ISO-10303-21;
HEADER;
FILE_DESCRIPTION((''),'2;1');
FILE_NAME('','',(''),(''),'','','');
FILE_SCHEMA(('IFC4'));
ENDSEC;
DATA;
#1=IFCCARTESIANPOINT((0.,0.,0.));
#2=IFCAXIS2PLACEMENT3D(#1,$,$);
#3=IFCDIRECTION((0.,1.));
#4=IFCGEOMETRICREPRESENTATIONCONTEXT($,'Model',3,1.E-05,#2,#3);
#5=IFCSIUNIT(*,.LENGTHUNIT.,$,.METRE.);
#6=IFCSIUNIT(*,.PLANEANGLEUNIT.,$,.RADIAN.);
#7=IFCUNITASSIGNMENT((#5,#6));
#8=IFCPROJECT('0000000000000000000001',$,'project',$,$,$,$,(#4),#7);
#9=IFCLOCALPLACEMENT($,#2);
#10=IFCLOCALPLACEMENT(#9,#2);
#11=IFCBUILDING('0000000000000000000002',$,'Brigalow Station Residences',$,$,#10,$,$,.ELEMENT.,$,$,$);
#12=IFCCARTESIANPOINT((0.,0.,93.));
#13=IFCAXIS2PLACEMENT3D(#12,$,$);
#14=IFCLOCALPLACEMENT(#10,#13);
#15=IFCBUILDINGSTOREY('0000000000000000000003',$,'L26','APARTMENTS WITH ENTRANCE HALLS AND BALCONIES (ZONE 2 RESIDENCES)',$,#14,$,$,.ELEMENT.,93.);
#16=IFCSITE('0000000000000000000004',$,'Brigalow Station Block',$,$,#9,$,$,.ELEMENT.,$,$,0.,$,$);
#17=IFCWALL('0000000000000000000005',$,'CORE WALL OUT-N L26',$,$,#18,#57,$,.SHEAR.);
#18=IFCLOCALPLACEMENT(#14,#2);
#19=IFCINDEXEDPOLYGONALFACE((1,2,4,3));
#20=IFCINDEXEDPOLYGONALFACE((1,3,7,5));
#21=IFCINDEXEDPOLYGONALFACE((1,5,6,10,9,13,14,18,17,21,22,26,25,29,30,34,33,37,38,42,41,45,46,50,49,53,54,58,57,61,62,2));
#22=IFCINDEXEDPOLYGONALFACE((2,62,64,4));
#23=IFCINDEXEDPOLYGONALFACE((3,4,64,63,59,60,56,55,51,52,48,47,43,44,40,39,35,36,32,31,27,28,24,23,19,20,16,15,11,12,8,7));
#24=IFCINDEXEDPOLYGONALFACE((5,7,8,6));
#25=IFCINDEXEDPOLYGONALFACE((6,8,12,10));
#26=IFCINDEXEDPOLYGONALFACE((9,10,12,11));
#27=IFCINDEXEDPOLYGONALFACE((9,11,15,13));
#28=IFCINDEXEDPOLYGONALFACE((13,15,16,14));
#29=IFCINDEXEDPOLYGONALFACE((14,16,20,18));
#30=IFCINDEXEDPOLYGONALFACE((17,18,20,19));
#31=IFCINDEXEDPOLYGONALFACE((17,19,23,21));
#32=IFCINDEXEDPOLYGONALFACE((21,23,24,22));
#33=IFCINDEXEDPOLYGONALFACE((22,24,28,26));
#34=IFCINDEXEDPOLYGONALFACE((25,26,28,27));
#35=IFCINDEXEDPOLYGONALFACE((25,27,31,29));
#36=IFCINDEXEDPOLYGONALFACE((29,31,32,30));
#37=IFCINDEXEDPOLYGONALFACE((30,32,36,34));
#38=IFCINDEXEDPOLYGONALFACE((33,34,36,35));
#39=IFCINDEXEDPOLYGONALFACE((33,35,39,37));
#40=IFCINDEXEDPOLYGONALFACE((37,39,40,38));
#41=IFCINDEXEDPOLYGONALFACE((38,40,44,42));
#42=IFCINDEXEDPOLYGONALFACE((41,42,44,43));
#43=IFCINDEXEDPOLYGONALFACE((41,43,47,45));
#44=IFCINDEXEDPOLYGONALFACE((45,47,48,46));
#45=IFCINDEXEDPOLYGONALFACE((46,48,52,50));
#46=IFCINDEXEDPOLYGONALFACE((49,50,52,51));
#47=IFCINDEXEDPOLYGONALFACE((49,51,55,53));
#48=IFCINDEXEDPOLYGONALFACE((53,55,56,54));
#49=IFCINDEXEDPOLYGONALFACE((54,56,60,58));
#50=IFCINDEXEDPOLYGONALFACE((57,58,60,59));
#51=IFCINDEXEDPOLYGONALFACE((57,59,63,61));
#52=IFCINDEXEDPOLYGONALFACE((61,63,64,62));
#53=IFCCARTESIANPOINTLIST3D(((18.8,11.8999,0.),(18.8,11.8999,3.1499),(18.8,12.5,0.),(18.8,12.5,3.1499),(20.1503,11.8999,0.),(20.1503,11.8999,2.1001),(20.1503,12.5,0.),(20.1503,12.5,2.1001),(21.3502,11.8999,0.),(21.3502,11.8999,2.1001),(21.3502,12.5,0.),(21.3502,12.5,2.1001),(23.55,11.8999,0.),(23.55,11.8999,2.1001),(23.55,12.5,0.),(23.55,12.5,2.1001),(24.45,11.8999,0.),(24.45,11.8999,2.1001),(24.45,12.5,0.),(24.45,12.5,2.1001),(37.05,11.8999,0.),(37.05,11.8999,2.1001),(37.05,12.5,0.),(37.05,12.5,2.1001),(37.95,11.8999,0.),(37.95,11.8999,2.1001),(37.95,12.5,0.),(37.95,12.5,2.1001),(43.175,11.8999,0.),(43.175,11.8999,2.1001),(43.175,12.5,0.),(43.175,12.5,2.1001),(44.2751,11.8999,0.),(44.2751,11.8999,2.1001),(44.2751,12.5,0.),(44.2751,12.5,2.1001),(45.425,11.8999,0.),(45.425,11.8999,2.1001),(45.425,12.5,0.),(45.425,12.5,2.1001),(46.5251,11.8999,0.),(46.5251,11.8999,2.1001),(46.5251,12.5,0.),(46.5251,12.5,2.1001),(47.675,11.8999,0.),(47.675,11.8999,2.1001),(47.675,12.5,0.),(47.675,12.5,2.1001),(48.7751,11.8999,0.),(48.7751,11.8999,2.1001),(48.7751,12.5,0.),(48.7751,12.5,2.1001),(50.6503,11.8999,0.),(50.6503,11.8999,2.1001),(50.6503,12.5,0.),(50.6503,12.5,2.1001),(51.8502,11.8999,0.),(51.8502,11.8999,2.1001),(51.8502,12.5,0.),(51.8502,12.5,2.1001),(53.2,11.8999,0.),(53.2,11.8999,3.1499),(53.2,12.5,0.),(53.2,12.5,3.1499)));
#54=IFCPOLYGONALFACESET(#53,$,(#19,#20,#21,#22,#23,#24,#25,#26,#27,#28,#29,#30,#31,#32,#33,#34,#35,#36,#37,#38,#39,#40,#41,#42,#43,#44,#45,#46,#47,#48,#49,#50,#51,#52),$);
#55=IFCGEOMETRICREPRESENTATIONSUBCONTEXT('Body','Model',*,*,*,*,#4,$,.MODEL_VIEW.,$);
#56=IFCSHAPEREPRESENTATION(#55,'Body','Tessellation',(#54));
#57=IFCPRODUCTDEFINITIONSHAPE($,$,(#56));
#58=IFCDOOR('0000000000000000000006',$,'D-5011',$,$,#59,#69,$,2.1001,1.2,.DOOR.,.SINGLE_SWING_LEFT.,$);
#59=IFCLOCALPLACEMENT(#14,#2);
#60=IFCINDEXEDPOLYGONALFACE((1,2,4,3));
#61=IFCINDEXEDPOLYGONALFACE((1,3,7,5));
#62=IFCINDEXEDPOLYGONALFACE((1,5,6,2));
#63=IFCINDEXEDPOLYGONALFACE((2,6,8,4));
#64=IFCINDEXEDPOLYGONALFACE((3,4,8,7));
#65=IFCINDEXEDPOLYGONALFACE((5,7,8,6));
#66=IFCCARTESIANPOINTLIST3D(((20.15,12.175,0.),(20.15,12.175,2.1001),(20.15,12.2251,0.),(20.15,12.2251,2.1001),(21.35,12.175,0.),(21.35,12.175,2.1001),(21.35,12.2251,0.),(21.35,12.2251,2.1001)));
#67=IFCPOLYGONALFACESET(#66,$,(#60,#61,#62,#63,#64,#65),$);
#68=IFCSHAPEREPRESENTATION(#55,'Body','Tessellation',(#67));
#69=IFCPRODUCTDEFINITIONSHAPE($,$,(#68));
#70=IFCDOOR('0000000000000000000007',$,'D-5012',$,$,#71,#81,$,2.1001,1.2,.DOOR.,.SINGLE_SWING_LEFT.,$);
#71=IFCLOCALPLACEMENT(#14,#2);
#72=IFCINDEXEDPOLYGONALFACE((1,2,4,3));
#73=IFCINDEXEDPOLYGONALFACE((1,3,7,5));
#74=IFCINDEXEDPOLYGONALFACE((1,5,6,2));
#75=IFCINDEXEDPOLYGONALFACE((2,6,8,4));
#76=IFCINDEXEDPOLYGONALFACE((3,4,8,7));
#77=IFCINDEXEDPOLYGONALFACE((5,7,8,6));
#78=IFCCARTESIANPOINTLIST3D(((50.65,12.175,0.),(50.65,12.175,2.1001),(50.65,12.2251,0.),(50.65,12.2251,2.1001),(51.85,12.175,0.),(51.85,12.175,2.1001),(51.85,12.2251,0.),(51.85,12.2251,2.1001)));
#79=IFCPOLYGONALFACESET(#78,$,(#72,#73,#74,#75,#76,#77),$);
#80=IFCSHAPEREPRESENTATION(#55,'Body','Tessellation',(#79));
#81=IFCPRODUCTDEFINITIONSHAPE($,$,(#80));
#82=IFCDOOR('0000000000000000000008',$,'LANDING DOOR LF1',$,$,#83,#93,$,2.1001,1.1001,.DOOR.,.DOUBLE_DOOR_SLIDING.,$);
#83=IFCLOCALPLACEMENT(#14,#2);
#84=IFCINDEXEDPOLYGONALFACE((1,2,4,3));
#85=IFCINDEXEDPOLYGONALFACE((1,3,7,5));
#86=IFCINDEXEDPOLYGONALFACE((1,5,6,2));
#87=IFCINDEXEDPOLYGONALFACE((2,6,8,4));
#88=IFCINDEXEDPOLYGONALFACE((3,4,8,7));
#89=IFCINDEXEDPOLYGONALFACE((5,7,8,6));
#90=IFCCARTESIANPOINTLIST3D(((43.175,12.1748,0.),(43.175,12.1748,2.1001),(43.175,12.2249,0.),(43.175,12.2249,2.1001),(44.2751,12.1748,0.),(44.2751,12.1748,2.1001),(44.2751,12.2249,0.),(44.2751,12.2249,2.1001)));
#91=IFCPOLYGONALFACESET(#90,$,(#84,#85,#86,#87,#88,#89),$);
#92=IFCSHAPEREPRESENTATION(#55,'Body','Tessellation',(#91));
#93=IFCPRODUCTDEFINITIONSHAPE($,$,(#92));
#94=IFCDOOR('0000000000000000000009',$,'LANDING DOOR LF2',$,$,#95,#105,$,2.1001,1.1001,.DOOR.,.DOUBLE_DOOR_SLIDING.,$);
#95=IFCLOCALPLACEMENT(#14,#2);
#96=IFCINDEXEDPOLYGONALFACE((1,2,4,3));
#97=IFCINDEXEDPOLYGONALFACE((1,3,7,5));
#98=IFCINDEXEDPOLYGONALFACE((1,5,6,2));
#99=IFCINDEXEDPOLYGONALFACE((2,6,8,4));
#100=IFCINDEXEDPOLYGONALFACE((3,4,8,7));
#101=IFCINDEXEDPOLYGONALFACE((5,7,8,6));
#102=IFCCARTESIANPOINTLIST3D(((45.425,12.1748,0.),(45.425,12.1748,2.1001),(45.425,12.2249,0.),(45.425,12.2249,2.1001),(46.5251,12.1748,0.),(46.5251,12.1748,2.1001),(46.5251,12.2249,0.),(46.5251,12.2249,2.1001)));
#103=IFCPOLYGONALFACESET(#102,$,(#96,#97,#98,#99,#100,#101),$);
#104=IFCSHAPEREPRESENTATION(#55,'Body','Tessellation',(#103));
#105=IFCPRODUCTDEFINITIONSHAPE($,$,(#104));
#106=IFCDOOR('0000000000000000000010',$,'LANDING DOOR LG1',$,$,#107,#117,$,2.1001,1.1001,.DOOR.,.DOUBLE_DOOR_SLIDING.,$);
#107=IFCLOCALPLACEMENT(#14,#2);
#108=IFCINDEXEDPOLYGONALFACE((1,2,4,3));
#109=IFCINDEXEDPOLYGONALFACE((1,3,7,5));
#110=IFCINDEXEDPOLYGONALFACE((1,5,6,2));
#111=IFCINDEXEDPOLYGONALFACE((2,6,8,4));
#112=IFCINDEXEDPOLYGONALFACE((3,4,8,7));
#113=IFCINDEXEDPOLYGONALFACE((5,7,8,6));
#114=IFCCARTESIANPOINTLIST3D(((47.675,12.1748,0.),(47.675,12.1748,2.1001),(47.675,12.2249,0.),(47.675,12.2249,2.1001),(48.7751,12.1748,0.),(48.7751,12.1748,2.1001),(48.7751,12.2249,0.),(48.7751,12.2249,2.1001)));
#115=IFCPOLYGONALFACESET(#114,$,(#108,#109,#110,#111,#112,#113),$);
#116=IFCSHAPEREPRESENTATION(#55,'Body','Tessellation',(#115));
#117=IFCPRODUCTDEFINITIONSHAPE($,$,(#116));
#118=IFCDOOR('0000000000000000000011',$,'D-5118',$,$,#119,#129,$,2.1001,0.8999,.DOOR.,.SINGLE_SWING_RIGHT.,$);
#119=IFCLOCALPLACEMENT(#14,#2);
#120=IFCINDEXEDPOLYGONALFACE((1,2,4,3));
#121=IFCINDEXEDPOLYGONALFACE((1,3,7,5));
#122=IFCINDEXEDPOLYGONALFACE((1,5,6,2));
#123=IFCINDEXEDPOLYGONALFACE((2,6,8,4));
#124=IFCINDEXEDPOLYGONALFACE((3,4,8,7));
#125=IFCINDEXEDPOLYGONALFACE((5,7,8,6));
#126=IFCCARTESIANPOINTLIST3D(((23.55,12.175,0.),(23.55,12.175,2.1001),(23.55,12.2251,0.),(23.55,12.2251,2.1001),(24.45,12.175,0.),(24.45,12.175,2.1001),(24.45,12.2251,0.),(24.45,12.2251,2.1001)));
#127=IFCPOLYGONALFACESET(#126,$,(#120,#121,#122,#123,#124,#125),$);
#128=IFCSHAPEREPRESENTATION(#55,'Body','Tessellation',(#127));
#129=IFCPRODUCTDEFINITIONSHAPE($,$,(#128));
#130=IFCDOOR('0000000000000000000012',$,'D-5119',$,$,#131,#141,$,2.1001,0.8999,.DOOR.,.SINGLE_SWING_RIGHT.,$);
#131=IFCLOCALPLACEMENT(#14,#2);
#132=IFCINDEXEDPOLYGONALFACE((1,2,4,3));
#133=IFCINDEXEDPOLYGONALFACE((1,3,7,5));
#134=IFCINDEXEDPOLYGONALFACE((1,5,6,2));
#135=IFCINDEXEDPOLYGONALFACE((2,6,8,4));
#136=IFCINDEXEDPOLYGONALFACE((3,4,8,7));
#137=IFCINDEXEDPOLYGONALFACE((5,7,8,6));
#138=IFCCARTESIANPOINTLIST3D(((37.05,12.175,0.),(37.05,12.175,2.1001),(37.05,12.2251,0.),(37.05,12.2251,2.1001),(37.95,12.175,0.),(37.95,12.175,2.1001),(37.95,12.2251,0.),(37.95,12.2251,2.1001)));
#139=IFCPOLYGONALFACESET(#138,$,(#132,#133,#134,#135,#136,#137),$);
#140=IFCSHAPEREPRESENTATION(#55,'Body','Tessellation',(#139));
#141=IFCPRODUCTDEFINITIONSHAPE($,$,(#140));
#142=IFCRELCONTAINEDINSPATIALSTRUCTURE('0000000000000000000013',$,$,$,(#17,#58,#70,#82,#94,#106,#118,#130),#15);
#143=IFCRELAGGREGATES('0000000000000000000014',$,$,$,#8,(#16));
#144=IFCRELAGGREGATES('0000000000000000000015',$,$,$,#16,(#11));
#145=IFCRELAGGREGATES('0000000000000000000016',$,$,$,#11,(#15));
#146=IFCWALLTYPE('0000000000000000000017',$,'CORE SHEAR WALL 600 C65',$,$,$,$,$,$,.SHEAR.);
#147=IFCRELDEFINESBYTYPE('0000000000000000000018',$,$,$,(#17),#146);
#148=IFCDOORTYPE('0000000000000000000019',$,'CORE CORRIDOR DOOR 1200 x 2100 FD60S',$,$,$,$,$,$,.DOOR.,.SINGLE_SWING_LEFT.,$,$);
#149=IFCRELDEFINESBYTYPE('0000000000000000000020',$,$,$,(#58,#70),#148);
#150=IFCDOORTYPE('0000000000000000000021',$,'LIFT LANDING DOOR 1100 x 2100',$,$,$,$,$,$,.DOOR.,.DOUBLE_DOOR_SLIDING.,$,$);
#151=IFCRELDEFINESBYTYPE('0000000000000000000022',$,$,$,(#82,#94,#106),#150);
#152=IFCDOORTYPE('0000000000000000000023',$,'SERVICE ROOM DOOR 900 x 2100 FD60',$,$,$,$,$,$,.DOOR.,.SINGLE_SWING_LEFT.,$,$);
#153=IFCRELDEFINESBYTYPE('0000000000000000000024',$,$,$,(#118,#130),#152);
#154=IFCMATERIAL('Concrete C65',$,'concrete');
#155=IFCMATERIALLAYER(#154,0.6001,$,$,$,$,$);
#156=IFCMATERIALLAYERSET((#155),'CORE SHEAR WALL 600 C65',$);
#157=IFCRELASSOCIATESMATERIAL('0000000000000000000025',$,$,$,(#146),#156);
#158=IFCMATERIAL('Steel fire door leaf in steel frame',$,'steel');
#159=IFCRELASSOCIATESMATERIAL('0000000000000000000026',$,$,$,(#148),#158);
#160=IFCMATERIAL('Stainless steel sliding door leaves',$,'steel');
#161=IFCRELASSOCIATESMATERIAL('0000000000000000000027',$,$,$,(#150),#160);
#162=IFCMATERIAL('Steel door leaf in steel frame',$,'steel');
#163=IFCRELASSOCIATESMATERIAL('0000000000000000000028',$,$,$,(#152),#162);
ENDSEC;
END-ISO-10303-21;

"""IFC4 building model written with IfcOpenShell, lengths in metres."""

from ifc_helpers import new_model, si_unit, direction, frame, frame_2d, origin, place, context, subcontext, project, spatial, rectangle, extrude, material, layer, layer_set, type_object, element, fill, save


model = new_model("IFC4")

# Units and contexts
model_context = context("Model", 3, precision=1e-05, world=origin(), true_north=direction((0.0, 1.0)))
body_context = subcontext(model_context, "Body", "Model", "MODEL_VIEW")
ifc_project = project(units=[si_unit("LENGTHUNIT", "METRE"), si_unit("PLANEANGLEUNIT", "RADIAN")], contexts=[model_context])

# Site, building, storey
site_placement = place(None, origin())
site = spatial("IfcSite", under=ifc_project, at=site_placement, Name="Brigalow Station Block", CompositionType="ELEMENT", RefElevation=0.0)
building_placement = place(site_placement, origin())
building = spatial("IfcBuilding", under=site, at=building_placement, Name="Brigalow Station Residences", CompositionType="ELEMENT")
storey_placement = place(building_placement, frame((0.0, 0.0, 93.0)))
storey = spatial("IfcBuildingStorey", under=building, at=storey_placement, Name="L26", Description="APARTMENTS WITH ENTRANCE HALLS AND BALCONIES (ZONE 2 RESIDENCES)", CompositionType="ELEMENT", Elevation=93.0)

# Wall, openings, doors
ifc_material_1 = material(Name="Concrete C65", Category="concrete")
ifc_layer_1 = layer(ifc_material_1, 0.6001)
ifc_layer_set_1 = layer_set([ifc_layer_1], Name="CORE SHEAR WALL 600 C65")
wall_type_1 = type_object("IfcWallType", Name="CORE SHEAR WALL 600 C65", PredefinedType="SHEAR", material=ifc_layer_set_1)
wall_1_placement = place(storey_placement, frame((18.8, 12.2, 0.0), z_axis=(0.0, 0.0, 1.0), x_axis=(1.0, 0.0, 0.0)))
wall_1 = element("IfcWall", 1, at=wall_1_placement, inside=storey, type_object=wall_type_1, Name="CORE WALL OUT-N L26", PredefinedType="SHEAR", context=body_context, shape_type="SweptSolid", body=[
    extrude(rectangle(XDim=34.3999, YDim=0.6001, at=frame_2d((17.2, 0.0))), origin(), (0.0, 0.0, 1.0), 3.1499),
])
opening_1_placement = place(wall_1_placement, frame((24.375, 0.0, 0.0)))
opening_1 = element("IfcOpeningElement", 2, at=opening_1_placement, cuts=wall_1, PredefinedType="OPENING", context=body_context, shape_type="SweptSolid", body=[
    extrude(rectangle(XDim=1.1001, YDim=2.1001, at=frame_2d((0.55, 1.05))), frame((0.0, 0.3101, 0.0), z_axis=(0.0, -1.0, 0.0), x_axis=(1.0, 0.0, 0.0)), (0.0, 0.0, 1.0), 0.6201),
])
opening_2_placement = place(wall_1_placement, frame((26.625, 0.0, 0.0)))
opening_2 = element("IfcOpeningElement", 3, at=opening_2_placement, cuts=wall_1, PredefinedType="OPENING", context=body_context, shape_type="SweptSolid", body=[
    extrude(rectangle(XDim=1.1001, YDim=2.1001, at=frame_2d((0.55, 1.05))), frame((0.0, 0.3101, 0.0), z_axis=(0.0, -1.0, 0.0), x_axis=(1.0, 0.0, 0.0)), (0.0, 0.0, 1.0), 0.6201),
])
opening_3_placement = place(wall_1_placement, frame((28.875, 0.0, 0.0)))
opening_3 = element("IfcOpeningElement", 4, at=opening_3_placement, cuts=wall_1, PredefinedType="OPENING", context=body_context, shape_type="SweptSolid", body=[
    extrude(rectangle(XDim=1.1001, YDim=2.1001, at=frame_2d((0.55, 1.05))), frame((0.0, 0.3101, 0.0), z_axis=(0.0, -1.0, 0.0), x_axis=(1.0, 0.0, 0.0)), (0.0, 0.0, 1.0), 0.6201),
])
opening_4_placement = place(wall_1_placement, frame((4.75, 0.0, 0.0)))
opening_4 = element("IfcOpeningElement", 5, at=opening_4_placement, cuts=wall_1, PredefinedType="OPENING", context=body_context, shape_type="SweptSolid", body=[
    extrude(rectangle(XDim=0.8999, YDim=2.1001, at=frame_2d((0.45, 1.05))), frame((0.0, 0.3101, 0.0), z_axis=(0.0, -1.0, 0.0), x_axis=(1.0, 0.0, 0.0)), (0.0, 0.0, 1.0), 0.6201),
])
opening_5_placement = place(wall_1_placement, frame((18.25, 0.0, 0.0)))
opening_5 = element("IfcOpeningElement", 6, at=opening_5_placement, cuts=wall_1, PredefinedType="OPENING", context=body_context, shape_type="SweptSolid", body=[
    extrude(rectangle(XDim=0.8999, YDim=2.1001, at=frame_2d((0.45, 1.05))), frame((0.0, 0.3101, 0.0), z_axis=(0.0, -1.0, 0.0), x_axis=(1.0, 0.0, 0.0)), (0.0, 0.0, 1.0), 0.6201),
])
opening_6_placement = place(wall_1_placement, frame((1.3501, 0.0, 0.0)))
opening_6 = element("IfcOpeningElement", 7, at=opening_6_placement, cuts=wall_1, PredefinedType="OPENING", context=body_context, shape_type="SweptSolid", body=[
    extrude(rectangle(XDim=1.2, YDim=2.1001, at=frame_2d((0.6001, 1.05))), frame((0.0, 0.3101, 0.0), z_axis=(0.0, -1.0, 0.0), x_axis=(1.0, 0.0, 0.0)), (0.0, 0.0, 1.0), 0.6201),
])
opening_7_placement = place(wall_1_placement, frame((31.8501, 0.0, 0.0)))
opening_7 = element("IfcOpeningElement", 8, at=opening_7_placement, cuts=wall_1, PredefinedType="OPENING", context=body_context, shape_type="SweptSolid", body=[
    extrude(rectangle(XDim=1.2, YDim=2.1001, at=frame_2d((0.6001, 1.05))), frame((0.0, 0.3101, 0.0), z_axis=(0.0, -1.0, 0.0), x_axis=(1.0, 0.0, 0.0)), (0.0, 0.0, 1.0), 0.6201),
])
ifc_material_2 = material(Name="Steel fire door leaf in steel frame", Category="steel")
door_type_1 = type_object("IfcDoorType", Name="CORE CORRIDOR DOOR 1200 x 2100 FD60S", OperationType="SINGLE_SWING_LEFT", PredefinedType="DOOR", material=ifc_material_2)
door_1_placement = place(opening_6_placement, frame((1.2, 0.0, 0.0), z_axis=(0.0, 0.0, 1.0), x_axis=(-1.0, 0.0, 0.0)))
door_1 = element("IfcDoor", 9, at=door_1_placement, inside=storey, type_object=door_type_1, Name="D-5011", OperationType="SINGLE_SWING_LEFT", OverallHeight=2.1001, OverallWidth=1.2, PredefinedType="DOOR", context=body_context, shape_type="SweptSolid", body=[
    extrude(rectangle(XDim=1.2, YDim=2.1001, at=frame_2d((0.6001, 1.05))), frame((0.0, 0.0249, 0.0), z_axis=(0.0, -1.0, 0.0), x_axis=(1.0, 0.0, 0.0)), (0.0, 0.0, 1.0), 0.05),
])
fill(opening_6, door_1)
door_2_placement = place(opening_7_placement, frame((1.2, 0.0, 0.0), z_axis=(0.0, 0.0, 1.0), x_axis=(-1.0, 0.0, 0.0)))
door_2 = element("IfcDoor", 10, at=door_2_placement, inside=storey, type_object=door_type_1, Name="D-5012", OperationType="SINGLE_SWING_LEFT", OverallHeight=2.1001, OverallWidth=1.2, PredefinedType="DOOR", context=body_context, shape_type="SweptSolid", body=[
    extrude(rectangle(XDim=1.2, YDim=2.1001, at=frame_2d((0.6001, 1.05))), frame((0.0, 0.0249, 0.0), z_axis=(0.0, -1.0, 0.0), x_axis=(1.0, 0.0, 0.0)), (0.0, 0.0, 1.0), 0.05),
])
fill(opening_7, door_2)
ifc_material_3 = material(Name="Stainless steel sliding door leaves", Category="steel")
door_type_2 = type_object("IfcDoorType", Name="LIFT LANDING DOOR 1100 x 2100", OperationType="DOUBLE_DOOR_SLIDING", PredefinedType="DOOR", material=ifc_material_3)
door_3_placement = place(opening_1_placement, origin())
door_3 = element("IfcDoor", 11, at=door_3_placement, inside=storey, type_object=door_type_2, Name="LANDING DOOR LF1", OperationType="DOUBLE_DOOR_SLIDING", OverallHeight=2.1001, OverallWidth=1.1001, PredefinedType="DOOR", context=body_context, shape_type="SweptSolid", body=[
    extrude(rectangle(XDim=1.1001, YDim=2.1001, at=frame_2d((0.55, 1.05))), frame((0.0, 0.0249, 0.0), z_axis=(0.0, -1.0, 0.0), x_axis=(1.0, 0.0, 0.0)), (0.0, 0.0, 1.0), 0.05),
])
fill(opening_1, door_3)
door_4_placement = place(opening_2_placement, origin())
door_4 = element("IfcDoor", 12, at=door_4_placement, inside=storey, type_object=door_type_2, Name="LANDING DOOR LF2", OperationType="DOUBLE_DOOR_SLIDING", OverallHeight=2.1001, OverallWidth=1.1001, PredefinedType="DOOR", context=body_context, shape_type="SweptSolid", body=[
    extrude(rectangle(XDim=1.1001, YDim=2.1001, at=frame_2d((0.55, 1.05))), frame((0.0, 0.0249, 0.0), z_axis=(0.0, -1.0, 0.0), x_axis=(1.0, 0.0, 0.0)), (0.0, 0.0, 1.0), 0.05),
])
fill(opening_2, door_4)
door_5_placement = place(opening_3_placement, origin())
door_5 = element("IfcDoor", 13, at=door_5_placement, inside=storey, type_object=door_type_2, Name="LANDING DOOR LG1", OperationType="DOUBLE_DOOR_SLIDING", OverallHeight=2.1001, OverallWidth=1.1001, PredefinedType="DOOR", context=body_context, shape_type="SweptSolid", body=[
    extrude(rectangle(XDim=1.1001, YDim=2.1001, at=frame_2d((0.55, 1.05))), frame((0.0, 0.0249, 0.0), z_axis=(0.0, -1.0, 0.0), x_axis=(1.0, 0.0, 0.0)), (0.0, 0.0, 1.0), 0.05),
])
fill(opening_3, door_5)
ifc_material_4 = material(Name="Steel door leaf in steel frame", Category="steel")
door_type_3 = type_object("IfcDoorType", Name="SERVICE ROOM DOOR 900 x 2100 FD60", OperationType="SINGLE_SWING_LEFT", PredefinedType="DOOR", material=ifc_material_4)
door_6_placement = place(opening_4_placement, frame((0.8999, 0.0, 0.0), z_axis=(0.0, 0.0, 1.0), x_axis=(-1.0, 0.0, 0.0)))
door_6 = element("IfcDoor", 14, at=door_6_placement, inside=storey, type_object=door_type_3, Name="D-5118", OperationType="SINGLE_SWING_RIGHT", OverallHeight=2.1001, OverallWidth=0.8999, PredefinedType="DOOR", context=body_context, shape_type="SweptSolid", body=[
    extrude(rectangle(XDim=0.8999, YDim=2.1001, at=frame_2d((0.45, 1.05))), frame((0.0, 0.0249, 0.0), z_axis=(0.0, -1.0, 0.0), x_axis=(1.0, 0.0, 0.0)), (0.0, 0.0, 1.0), 0.05),
])
fill(opening_4, door_6)
door_7_placement = place(opening_5_placement, frame((0.8999, 0.0, 0.0), z_axis=(0.0, 0.0, 1.0), x_axis=(-1.0, 0.0, 0.0)))
door_7 = element("IfcDoor", 15, at=door_7_placement, inside=storey, type_object=door_type_3, Name="D-5119", OperationType="SINGLE_SWING_RIGHT", OverallHeight=2.1001, OverallWidth=0.8999, PredefinedType="DOOR", context=body_context, shape_type="SweptSolid", body=[
    extrude(rectangle(XDim=0.8999, YDim=2.1001, at=frame_2d((0.45, 1.05))), frame((0.0, 0.0249, 0.0), z_axis=(0.0, -1.0, 0.0), x_axis=(1.0, 0.0, 0.0)), (0.0, 0.0, 1.0), 0.05),
])
fill(opening_5, door_7)

save(model, "model.ifc")
